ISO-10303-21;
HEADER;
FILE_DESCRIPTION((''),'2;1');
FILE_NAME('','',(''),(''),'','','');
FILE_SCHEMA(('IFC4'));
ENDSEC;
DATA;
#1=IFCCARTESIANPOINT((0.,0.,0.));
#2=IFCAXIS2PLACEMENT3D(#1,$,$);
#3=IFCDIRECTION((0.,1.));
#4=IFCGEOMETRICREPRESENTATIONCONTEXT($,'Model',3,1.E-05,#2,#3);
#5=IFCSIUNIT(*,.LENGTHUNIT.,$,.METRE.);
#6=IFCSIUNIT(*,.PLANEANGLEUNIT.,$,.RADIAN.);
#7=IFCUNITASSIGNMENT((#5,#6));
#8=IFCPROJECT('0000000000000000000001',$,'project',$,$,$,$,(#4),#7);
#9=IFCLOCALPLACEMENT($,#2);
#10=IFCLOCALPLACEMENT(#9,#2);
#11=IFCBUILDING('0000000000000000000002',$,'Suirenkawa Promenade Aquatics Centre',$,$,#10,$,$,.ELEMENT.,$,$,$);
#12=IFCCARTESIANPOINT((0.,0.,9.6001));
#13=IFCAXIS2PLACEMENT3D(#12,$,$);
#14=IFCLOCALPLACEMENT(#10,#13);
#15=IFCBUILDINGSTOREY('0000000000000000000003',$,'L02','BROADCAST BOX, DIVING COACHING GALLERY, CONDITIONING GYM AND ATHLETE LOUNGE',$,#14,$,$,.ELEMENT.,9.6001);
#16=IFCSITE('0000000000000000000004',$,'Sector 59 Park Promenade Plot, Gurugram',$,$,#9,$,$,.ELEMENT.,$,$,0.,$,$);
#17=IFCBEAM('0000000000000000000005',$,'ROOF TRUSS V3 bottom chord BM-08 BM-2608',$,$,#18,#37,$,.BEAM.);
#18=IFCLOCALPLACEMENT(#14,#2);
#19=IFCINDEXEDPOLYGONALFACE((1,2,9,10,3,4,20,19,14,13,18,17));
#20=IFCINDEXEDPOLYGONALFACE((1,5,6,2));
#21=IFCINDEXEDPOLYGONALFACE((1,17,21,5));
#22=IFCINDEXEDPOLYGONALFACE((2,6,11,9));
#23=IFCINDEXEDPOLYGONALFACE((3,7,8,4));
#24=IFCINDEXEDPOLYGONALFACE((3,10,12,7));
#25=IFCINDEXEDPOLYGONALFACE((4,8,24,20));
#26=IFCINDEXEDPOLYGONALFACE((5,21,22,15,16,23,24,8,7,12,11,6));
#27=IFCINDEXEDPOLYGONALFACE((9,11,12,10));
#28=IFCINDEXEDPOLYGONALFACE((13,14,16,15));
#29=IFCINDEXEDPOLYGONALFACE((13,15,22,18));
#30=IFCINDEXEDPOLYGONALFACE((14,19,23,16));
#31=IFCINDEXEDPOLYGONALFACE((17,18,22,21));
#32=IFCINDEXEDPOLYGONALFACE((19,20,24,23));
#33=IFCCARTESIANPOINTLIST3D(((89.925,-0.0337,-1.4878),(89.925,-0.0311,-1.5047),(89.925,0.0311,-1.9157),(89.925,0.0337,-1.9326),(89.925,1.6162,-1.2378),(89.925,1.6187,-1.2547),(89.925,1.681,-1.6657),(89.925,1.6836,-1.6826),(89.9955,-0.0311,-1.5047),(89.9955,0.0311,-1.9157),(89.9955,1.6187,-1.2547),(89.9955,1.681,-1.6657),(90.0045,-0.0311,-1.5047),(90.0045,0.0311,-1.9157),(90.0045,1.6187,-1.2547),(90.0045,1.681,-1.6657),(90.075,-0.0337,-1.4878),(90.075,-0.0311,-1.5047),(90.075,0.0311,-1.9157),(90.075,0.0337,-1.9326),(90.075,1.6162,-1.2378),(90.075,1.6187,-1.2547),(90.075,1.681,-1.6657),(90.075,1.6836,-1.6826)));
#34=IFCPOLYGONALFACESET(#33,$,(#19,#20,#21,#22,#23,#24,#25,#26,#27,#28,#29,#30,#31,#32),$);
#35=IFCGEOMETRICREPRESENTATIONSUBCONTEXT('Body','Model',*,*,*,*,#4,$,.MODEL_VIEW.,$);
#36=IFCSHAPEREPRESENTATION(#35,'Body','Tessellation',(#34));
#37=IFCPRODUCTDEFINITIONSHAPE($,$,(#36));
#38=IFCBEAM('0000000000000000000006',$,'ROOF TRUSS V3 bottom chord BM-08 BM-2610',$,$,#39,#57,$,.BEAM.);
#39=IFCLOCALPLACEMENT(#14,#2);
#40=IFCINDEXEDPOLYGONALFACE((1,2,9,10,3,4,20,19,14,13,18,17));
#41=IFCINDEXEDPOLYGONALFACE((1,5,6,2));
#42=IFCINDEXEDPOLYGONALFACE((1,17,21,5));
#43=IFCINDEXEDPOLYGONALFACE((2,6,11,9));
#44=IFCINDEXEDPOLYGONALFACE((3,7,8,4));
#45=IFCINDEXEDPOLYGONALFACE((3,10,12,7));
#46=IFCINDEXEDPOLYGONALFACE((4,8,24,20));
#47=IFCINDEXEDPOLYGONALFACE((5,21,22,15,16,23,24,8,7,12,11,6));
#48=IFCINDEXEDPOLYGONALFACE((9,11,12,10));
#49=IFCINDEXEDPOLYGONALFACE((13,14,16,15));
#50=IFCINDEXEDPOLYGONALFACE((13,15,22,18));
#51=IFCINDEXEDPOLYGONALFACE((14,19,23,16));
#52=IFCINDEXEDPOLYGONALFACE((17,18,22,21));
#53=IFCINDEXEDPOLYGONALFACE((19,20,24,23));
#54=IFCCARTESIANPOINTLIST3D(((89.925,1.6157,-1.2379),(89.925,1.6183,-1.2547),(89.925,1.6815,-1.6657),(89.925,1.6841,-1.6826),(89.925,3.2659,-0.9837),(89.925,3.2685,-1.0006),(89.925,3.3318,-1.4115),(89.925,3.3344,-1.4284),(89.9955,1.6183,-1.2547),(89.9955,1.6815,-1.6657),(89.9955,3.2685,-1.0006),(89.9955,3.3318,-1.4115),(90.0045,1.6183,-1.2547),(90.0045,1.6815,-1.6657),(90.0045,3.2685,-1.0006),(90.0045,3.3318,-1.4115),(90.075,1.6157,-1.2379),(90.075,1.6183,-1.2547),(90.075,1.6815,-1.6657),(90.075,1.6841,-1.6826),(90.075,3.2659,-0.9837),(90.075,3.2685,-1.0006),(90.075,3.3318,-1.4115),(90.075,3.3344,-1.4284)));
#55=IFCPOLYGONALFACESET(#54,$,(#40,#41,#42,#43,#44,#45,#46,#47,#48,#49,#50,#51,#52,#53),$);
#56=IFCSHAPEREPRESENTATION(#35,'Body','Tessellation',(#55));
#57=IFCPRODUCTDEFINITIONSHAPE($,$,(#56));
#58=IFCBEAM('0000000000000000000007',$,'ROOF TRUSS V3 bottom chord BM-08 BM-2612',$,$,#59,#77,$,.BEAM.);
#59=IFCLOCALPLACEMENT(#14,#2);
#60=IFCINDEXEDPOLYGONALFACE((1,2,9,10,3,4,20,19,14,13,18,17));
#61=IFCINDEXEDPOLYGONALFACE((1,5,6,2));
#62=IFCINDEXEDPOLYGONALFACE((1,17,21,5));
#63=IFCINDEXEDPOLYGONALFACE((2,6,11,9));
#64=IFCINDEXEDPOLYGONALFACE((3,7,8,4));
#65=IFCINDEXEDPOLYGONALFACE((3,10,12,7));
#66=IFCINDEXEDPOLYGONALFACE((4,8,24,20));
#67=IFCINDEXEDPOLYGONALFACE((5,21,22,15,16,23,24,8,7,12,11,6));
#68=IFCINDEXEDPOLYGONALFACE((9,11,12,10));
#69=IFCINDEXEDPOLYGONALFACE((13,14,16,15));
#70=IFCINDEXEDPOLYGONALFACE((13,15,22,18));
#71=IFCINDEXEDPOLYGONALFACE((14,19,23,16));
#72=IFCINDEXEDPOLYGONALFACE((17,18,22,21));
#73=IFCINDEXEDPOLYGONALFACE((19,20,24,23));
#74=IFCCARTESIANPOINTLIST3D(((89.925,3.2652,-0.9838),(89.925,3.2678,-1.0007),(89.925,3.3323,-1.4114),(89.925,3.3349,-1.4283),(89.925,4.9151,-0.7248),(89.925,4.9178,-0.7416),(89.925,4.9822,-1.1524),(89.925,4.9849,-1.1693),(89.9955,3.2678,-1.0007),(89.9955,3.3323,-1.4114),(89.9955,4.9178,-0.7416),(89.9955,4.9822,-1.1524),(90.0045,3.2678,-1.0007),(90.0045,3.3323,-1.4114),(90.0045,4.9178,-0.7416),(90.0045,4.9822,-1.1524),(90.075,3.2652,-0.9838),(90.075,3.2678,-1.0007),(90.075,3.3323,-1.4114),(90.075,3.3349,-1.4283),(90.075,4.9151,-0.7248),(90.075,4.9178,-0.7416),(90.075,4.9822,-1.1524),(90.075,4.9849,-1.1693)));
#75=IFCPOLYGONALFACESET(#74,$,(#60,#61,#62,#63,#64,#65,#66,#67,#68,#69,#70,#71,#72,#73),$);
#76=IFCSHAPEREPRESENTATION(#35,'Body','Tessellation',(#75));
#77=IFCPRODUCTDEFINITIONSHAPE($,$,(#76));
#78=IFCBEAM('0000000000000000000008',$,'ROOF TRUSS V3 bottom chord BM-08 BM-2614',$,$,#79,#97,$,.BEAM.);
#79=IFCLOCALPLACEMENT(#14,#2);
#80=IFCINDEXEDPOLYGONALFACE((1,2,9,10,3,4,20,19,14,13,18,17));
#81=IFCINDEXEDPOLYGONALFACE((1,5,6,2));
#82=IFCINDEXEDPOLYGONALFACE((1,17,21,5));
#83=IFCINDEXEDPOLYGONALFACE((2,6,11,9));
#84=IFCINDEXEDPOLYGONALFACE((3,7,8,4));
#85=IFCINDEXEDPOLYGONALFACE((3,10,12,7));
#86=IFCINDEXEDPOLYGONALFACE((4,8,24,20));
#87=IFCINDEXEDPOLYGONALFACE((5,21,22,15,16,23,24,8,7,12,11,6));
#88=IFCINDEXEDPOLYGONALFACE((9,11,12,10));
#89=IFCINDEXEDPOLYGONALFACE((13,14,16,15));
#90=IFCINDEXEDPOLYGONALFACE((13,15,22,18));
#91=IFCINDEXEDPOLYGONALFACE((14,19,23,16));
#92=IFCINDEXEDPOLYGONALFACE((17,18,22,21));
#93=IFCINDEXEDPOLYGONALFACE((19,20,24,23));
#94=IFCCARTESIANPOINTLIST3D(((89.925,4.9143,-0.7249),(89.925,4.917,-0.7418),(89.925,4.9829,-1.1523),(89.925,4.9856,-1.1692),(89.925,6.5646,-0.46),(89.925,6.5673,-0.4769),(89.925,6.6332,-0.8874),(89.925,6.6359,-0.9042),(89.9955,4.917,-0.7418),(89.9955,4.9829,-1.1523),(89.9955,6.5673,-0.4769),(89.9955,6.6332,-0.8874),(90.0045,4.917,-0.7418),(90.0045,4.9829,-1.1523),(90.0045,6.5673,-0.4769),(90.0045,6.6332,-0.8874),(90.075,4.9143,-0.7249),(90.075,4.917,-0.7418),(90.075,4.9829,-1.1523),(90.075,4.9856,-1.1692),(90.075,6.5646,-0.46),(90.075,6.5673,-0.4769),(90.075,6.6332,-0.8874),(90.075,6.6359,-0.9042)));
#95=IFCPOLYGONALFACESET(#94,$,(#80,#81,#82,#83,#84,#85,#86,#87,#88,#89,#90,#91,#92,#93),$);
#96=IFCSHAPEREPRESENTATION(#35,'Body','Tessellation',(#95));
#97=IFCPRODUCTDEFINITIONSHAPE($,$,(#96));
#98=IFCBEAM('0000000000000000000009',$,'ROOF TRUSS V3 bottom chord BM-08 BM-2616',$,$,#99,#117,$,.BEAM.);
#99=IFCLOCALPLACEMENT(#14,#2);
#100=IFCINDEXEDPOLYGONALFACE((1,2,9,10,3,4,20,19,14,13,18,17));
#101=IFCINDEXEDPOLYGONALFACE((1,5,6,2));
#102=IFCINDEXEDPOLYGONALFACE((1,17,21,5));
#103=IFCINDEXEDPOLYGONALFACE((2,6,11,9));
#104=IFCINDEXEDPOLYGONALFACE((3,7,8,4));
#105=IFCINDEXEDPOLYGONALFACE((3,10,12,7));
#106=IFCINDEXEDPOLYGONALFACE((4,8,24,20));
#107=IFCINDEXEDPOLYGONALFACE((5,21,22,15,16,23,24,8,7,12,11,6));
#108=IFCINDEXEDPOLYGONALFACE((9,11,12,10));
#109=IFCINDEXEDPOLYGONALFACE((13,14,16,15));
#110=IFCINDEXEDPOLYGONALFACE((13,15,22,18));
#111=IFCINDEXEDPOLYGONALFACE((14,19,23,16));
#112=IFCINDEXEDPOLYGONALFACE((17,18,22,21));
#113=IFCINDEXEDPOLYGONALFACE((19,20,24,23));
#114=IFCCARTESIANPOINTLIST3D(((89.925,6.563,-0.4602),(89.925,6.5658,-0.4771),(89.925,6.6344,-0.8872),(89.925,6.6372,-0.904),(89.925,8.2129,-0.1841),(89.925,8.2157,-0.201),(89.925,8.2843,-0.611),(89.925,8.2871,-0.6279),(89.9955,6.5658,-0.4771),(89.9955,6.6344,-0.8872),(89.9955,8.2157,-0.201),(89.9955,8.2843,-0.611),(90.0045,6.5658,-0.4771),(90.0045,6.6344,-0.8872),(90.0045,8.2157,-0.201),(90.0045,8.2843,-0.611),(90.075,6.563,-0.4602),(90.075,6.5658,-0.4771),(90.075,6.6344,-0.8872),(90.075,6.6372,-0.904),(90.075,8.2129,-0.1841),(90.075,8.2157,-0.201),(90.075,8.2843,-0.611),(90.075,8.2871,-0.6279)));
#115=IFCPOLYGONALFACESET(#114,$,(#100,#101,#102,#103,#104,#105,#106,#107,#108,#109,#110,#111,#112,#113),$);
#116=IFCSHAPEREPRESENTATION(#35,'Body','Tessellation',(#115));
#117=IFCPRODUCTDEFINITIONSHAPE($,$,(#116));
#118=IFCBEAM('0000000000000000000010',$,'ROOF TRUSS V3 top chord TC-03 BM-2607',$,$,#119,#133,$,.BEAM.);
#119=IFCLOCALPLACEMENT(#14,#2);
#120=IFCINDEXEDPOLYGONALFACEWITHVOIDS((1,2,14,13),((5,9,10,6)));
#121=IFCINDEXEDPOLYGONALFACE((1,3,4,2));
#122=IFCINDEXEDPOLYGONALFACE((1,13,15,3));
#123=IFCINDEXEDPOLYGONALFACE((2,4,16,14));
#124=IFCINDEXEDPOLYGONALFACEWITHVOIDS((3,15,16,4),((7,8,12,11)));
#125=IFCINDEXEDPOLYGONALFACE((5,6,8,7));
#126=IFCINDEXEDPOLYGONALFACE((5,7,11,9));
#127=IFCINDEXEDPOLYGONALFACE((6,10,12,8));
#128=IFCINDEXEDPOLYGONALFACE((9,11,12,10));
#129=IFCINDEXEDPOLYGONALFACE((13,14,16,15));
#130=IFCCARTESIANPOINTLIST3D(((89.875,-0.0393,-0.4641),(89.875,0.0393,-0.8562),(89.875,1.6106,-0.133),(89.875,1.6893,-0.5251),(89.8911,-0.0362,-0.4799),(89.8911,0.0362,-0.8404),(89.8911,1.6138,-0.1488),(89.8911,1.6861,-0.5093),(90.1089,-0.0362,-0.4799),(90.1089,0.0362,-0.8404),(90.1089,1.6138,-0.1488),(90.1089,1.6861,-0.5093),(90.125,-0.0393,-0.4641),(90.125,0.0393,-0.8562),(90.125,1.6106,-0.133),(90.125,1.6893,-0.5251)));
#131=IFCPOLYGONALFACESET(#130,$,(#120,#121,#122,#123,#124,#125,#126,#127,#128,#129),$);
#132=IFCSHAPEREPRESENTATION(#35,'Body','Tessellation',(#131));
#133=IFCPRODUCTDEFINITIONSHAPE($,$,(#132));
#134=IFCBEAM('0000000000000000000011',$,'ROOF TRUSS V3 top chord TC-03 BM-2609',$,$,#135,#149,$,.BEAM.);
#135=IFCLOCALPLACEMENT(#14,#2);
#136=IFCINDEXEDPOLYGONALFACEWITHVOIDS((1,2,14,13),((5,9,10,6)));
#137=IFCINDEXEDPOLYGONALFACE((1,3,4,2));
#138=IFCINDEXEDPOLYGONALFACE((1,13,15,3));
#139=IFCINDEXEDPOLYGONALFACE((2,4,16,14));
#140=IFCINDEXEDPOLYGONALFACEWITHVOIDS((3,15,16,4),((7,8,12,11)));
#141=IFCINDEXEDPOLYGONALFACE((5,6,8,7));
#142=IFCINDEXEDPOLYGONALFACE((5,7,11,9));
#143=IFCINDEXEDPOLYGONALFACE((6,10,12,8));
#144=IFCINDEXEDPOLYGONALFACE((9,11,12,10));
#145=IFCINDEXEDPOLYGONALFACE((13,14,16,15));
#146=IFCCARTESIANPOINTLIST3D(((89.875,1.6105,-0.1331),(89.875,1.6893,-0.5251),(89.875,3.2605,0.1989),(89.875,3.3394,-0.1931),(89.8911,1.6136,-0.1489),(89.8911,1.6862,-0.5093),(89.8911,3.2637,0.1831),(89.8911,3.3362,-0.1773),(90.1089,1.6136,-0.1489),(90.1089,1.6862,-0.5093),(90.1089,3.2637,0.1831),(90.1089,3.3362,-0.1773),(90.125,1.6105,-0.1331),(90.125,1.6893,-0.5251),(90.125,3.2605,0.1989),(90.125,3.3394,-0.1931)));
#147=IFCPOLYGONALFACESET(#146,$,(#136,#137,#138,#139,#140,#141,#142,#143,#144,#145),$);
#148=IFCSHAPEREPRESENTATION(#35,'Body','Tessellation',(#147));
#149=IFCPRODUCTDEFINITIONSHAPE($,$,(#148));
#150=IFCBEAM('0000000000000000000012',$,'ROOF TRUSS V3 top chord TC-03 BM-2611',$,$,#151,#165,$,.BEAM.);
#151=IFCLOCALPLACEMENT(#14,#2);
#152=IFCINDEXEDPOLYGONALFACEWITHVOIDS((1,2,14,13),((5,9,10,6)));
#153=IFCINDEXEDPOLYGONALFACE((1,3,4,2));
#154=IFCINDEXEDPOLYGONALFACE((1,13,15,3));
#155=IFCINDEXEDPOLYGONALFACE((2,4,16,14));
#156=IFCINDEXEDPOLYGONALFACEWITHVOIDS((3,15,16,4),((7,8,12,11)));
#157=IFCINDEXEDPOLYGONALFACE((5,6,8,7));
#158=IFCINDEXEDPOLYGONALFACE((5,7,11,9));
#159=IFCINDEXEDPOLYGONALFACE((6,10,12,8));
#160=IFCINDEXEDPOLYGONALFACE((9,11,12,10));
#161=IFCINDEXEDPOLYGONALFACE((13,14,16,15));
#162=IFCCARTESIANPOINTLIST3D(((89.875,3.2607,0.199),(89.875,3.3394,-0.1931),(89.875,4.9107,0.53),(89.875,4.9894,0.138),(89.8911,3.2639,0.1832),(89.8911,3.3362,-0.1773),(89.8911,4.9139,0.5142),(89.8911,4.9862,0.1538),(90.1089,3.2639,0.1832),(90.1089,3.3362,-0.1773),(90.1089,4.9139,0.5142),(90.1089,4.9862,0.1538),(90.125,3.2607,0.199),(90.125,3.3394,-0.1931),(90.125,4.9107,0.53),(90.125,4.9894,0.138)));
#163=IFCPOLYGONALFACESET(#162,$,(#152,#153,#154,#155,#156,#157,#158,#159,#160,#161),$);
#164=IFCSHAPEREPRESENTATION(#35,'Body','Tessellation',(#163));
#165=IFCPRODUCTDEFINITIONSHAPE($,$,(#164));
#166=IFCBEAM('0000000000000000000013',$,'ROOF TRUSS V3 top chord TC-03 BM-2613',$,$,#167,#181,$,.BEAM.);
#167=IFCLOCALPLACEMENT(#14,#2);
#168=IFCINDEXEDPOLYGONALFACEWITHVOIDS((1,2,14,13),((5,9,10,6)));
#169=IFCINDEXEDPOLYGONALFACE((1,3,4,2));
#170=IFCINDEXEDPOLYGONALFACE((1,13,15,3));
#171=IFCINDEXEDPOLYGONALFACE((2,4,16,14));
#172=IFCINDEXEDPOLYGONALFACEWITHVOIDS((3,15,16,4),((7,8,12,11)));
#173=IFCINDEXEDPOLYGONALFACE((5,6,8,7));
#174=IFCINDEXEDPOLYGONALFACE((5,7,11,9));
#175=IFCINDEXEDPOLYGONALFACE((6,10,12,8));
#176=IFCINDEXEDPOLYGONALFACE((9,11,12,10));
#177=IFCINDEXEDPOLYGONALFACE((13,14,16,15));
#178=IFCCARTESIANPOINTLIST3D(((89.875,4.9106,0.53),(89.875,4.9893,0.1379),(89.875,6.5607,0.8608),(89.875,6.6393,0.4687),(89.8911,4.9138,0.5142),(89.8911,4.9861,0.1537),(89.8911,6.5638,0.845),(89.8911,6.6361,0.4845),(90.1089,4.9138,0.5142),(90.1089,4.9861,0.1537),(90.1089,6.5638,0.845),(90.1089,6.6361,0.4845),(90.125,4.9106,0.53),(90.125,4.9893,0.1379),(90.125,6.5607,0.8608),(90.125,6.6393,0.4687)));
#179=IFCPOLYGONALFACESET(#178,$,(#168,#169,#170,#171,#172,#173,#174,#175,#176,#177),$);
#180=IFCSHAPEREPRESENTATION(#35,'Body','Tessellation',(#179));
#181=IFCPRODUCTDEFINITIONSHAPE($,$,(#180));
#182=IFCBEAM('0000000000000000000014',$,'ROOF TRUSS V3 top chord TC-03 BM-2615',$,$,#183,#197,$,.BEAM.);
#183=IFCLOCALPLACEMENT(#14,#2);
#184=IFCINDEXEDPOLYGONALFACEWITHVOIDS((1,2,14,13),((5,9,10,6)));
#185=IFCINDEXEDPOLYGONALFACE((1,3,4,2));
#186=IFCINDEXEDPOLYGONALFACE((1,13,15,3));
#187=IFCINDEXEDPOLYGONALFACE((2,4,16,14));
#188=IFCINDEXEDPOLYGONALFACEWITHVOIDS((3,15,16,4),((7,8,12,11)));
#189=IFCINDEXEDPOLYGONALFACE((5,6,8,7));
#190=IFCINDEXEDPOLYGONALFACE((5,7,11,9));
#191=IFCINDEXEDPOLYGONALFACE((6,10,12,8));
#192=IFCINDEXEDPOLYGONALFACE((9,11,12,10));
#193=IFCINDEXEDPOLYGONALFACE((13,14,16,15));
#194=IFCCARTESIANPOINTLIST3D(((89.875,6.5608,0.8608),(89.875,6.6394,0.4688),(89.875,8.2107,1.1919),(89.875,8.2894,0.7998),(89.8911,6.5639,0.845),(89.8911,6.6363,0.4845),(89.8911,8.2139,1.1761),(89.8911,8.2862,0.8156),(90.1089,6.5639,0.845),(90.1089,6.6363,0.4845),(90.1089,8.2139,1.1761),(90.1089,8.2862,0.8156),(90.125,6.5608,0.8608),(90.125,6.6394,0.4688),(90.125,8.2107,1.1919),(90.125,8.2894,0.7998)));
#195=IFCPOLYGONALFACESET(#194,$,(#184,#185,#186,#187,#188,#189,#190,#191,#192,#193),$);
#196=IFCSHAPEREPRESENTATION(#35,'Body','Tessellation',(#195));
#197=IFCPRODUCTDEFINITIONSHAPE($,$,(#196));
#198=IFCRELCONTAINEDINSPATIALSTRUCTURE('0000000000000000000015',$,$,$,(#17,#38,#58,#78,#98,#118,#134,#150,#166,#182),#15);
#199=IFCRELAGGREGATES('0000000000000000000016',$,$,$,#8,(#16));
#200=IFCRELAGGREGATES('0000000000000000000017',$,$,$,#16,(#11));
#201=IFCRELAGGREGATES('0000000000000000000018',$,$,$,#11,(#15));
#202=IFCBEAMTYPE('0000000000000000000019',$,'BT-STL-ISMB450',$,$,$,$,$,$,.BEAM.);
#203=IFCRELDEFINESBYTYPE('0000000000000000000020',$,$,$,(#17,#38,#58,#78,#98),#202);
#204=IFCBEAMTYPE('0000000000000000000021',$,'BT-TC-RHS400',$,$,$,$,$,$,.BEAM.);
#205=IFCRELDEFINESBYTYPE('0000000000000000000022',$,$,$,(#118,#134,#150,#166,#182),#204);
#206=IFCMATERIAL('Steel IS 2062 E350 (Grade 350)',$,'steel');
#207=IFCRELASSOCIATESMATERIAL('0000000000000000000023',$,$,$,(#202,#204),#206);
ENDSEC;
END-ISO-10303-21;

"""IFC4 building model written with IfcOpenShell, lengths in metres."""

from ifc_helpers import new_model, si_unit, direction, frame, origin, origin_2d, place, context, subcontext, project, spatial, hollow_rectangle, i_section, extrude, material, material_profile, profile_set, type_object, element, save


model = new_model("IFC4")

# Units and contexts
model_context = context("Model", 3, precision=1e-05, world=origin(), true_north=direction((0.0, 1.0)))
body_context = subcontext(model_context, "Body", "Model", "MODEL_VIEW")
ifc_project = project(units=[si_unit("LENGTHUNIT", "METRE"), si_unit("PLANEANGLEUNIT", "RADIAN")], contexts=[model_context])

# Site, building, storey
site_placement = place(None, origin())
site = spatial("IfcSite", under=ifc_project, at=site_placement, Name="Sector 59 Park Promenade Plot, Gurugram", CompositionType="ELEMENT", RefElevation=0.0)
building_placement = place(site_placement, origin())
building = spatial("IfcBuilding", under=site, at=building_placement, Name="Suirenkawa Promenade Aquatics Centre", CompositionType="ELEMENT")
storey_placement = place(building_placement, frame((0.0, 0.0, 9.6001)))
storey = spatial("IfcBuildingStorey", under=building, at=storey_placement, Name="L02", Description="BROADCAST BOX, DIVING COACHING GALLERY, CONDITIONING GYM AND ATHLETE LOUNGE", CompositionType="ELEMENT", Elevation=9.6001)

# Beams
ifc_material_1 = material(Name="Steel IS 2062 E350 (Grade 350)", Category="steel")
ifc_material_profile_1 = material_profile(ifc_material_1, i_section(OverallWidth=0.1499, OverallDepth=0.45, WebThickness=0.009, FlangeThickness=0.0171, at=origin_2d()), Name="ISMB 450", Category="steel")
ifc_profile_set_1 = profile_set([ifc_material_profile_1], Name="Steel IS 2062 E350 (Grade 350)")
beam_type_1 = type_object("IfcBeamType", Name="BT-STL-ISMB450", PredefinedType="BEAM", material=ifc_profile_set_1)
beam_1_placement = place(storey_placement, frame((90.0, 0.0, -1.7102), z_axis=(0.0, 0.988714, 0.149814), x_axis=(-1.0, 0.0, 0.0)))
element("IfcBeam", 1, at=beam_1_placement, inside=storey, type_object=beam_type_1, Name="ROOF TRUSS V3 bottom chord BM-08 BM-2608", PredefinedType="BEAM", context=body_context, shape_type="SweptSolid", body=[
    extrude(i_section(OverallWidth=0.1499, OverallDepth=0.45, WebThickness=0.009, FlangeThickness=0.0171, at=origin_2d()), origin(), (0.0, 0.0, 1.0), 1.6687),
])
beam_2_placement = place(storey_placement, frame((90.0, 1.6499, -1.4602), z_axis=(0.0, 0.988346, 0.152222), x_axis=(-1.0, 0.0, 0.0)))
element("IfcBeam", 2, at=beam_2_placement, inside=storey, type_object=beam_type_1, Name="ROOF TRUSS V3 bottom chord BM-08 BM-2610", PredefinedType="BEAM", context=body_context, shape_type="SweptSolid", body=[
    extrude(i_section(OverallWidth=0.1499, OverallDepth=0.45, WebThickness=0.009, FlangeThickness=0.0171, at=origin_2d()), origin(), (0.0, 0.0, 1.0), 1.6697),
])
beam_3_placement = place(storey_placement, frame((90.0, 3.3, -1.2061), z_axis=(0.0, 0.987899, 0.155099), x_axis=(-1.0, 0.0, 0.0)))
element("IfcBeam", 3, at=beam_3_placement, inside=storey, type_object=beam_type_1, Name="ROOF TRUSS V3 bottom chord BM-08 BM-2612", PredefinedType="BEAM", context=body_context, shape_type="SweptSolid", body=[
    extrude(i_section(OverallWidth=0.1499, OverallDepth=0.45, WebThickness=0.009, FlangeThickness=0.0171, at=origin_2d()), origin(), (0.0, 0.0, 1.0), 1.6702),
])
beam_4_placement = place(storey_placement, frame((90.0, 4.95, -0.947), z_axis=(0.0, 0.987359, 0.158498), x_axis=(-1.0, 0.0, 0.0)))
element("IfcBeam", 4, at=beam_4_placement, inside=storey, type_object=beam_type_1, Name="ROOF TRUSS V3 bottom chord BM-08 BM-2614", PredefinedType="BEAM", context=body_context, shape_type="SweptSolid", body=[
    extrude(i_section(OverallWidth=0.1499, OverallDepth=0.45, WebThickness=0.009, FlangeThickness=0.0171, at=origin_2d()), origin(), (0.0, 0.0, 1.0), 1.6714),
])
beam_5_placement = place(storey_placement, frame((90.0, 6.6001, -0.6821), z_axis=(0.0, 0.986283, 0.165062), x_axis=(-1.0, 0.0, 0.0)))
element("IfcBeam", 5, at=beam_5_placement, inside=storey, type_object=beam_type_1, Name="ROOF TRUSS V3 bottom chord BM-08 BM-2616", PredefinedType="BEAM", context=body_context, shape_type="SweptSolid", body=[
    extrude(i_section(OverallWidth=0.1499, OverallDepth=0.45, WebThickness=0.009, FlangeThickness=0.0171, at=origin_2d()), origin(), (0.0, 0.0, 1.0), 1.6729),
])
ifc_material_profile_2 = material_profile(ifc_material_1, hollow_rectangle(XDim=0.25, YDim=0.3999, WallThickness=0.0161, at=origin_2d()), Name="RHS 400x250x16", Category="steel")
ifc_profile_set_2 = profile_set([ifc_material_profile_2], Name="Steel IS 2062 E350 (Grade 350)")
beam_type_2 = type_object("IfcBeamType", Name="BT-TC-RHS400", PredefinedType="BEAM", material=ifc_profile_set_2)
beam_6_placement = place(storey_placement, frame((90.0, 0.0, -0.6602), z_axis=(0.0, 0.980458, 0.19673), x_axis=(-1.0, 0.0, 0.0)))
element("IfcBeam", 6, at=beam_6_placement, inside=storey, type_object=beam_type_2, Name="ROOF TRUSS V3 top chord TC-03 BM-2607", PredefinedType="BEAM", context=body_context, shape_type="SweptSolid", body=[
    extrude(hollow_rectangle(XDim=0.25, YDim=0.3999, WallThickness=0.0161, at=origin_2d()), origin(), (0.0, 0.0, 1.0), 1.6829),
])
beam_7_placement = place(storey_placement, frame((90.0, 1.6499, -0.3291), z_axis=(0.0, 0.980351, 0.19726), x_axis=(-1.0, 0.0, 0.0)))
element("IfcBeam", 7, at=beam_7_placement, inside=storey, type_object=beam_type_2, Name="ROOF TRUSS V3 top chord TC-03 BM-2609", PredefinedType="BEAM", context=body_context, shape_type="SweptSolid", body=[
    extrude(hollow_rectangle(XDim=0.25, YDim=0.3999, WallThickness=0.0161, at=origin_2d()), origin(), (0.0, 0.0, 1.0), 1.6831),
])
for number, where, z_axis, x_axis, name in (
    (8, (90.0, 3.3, 0.0029), (0.0, 0.980458, 0.19673), (-1.0, 0.0, 0.0), "ROOF TRUSS V3 top chord TC-03 BM-2611"),
    (9, (90.0, 4.95, 0.334), (0.0, 0.980491, 0.196562), (-1.0, 0.0, 0.0), "ROOF TRUSS V3 top chord TC-03 BM-2613"),
    (10, (90.0, 6.6001, 0.6648), (0.0, 0.980458, 0.19673), (-1.0, 0.0, 0.0), "ROOF TRUSS V3 top chord TC-03 BM-2615"),
):
    element("IfcBeam", number, at=place(storey_placement, frame(where, z_axis=z_axis, x_axis=x_axis)), inside=storey, type_object=beam_type_2, Name=name, PredefinedType="BEAM", context=body_context, shape_type="SweptSolid", body=[
        extrude(hollow_rectangle(XDim=0.25, YDim=0.3999, WallThickness=0.0161, at=origin_2d()), origin(), (0.0, 0.0, 1.0), 1.6829),
    ])

save(model, "model.ifc")
